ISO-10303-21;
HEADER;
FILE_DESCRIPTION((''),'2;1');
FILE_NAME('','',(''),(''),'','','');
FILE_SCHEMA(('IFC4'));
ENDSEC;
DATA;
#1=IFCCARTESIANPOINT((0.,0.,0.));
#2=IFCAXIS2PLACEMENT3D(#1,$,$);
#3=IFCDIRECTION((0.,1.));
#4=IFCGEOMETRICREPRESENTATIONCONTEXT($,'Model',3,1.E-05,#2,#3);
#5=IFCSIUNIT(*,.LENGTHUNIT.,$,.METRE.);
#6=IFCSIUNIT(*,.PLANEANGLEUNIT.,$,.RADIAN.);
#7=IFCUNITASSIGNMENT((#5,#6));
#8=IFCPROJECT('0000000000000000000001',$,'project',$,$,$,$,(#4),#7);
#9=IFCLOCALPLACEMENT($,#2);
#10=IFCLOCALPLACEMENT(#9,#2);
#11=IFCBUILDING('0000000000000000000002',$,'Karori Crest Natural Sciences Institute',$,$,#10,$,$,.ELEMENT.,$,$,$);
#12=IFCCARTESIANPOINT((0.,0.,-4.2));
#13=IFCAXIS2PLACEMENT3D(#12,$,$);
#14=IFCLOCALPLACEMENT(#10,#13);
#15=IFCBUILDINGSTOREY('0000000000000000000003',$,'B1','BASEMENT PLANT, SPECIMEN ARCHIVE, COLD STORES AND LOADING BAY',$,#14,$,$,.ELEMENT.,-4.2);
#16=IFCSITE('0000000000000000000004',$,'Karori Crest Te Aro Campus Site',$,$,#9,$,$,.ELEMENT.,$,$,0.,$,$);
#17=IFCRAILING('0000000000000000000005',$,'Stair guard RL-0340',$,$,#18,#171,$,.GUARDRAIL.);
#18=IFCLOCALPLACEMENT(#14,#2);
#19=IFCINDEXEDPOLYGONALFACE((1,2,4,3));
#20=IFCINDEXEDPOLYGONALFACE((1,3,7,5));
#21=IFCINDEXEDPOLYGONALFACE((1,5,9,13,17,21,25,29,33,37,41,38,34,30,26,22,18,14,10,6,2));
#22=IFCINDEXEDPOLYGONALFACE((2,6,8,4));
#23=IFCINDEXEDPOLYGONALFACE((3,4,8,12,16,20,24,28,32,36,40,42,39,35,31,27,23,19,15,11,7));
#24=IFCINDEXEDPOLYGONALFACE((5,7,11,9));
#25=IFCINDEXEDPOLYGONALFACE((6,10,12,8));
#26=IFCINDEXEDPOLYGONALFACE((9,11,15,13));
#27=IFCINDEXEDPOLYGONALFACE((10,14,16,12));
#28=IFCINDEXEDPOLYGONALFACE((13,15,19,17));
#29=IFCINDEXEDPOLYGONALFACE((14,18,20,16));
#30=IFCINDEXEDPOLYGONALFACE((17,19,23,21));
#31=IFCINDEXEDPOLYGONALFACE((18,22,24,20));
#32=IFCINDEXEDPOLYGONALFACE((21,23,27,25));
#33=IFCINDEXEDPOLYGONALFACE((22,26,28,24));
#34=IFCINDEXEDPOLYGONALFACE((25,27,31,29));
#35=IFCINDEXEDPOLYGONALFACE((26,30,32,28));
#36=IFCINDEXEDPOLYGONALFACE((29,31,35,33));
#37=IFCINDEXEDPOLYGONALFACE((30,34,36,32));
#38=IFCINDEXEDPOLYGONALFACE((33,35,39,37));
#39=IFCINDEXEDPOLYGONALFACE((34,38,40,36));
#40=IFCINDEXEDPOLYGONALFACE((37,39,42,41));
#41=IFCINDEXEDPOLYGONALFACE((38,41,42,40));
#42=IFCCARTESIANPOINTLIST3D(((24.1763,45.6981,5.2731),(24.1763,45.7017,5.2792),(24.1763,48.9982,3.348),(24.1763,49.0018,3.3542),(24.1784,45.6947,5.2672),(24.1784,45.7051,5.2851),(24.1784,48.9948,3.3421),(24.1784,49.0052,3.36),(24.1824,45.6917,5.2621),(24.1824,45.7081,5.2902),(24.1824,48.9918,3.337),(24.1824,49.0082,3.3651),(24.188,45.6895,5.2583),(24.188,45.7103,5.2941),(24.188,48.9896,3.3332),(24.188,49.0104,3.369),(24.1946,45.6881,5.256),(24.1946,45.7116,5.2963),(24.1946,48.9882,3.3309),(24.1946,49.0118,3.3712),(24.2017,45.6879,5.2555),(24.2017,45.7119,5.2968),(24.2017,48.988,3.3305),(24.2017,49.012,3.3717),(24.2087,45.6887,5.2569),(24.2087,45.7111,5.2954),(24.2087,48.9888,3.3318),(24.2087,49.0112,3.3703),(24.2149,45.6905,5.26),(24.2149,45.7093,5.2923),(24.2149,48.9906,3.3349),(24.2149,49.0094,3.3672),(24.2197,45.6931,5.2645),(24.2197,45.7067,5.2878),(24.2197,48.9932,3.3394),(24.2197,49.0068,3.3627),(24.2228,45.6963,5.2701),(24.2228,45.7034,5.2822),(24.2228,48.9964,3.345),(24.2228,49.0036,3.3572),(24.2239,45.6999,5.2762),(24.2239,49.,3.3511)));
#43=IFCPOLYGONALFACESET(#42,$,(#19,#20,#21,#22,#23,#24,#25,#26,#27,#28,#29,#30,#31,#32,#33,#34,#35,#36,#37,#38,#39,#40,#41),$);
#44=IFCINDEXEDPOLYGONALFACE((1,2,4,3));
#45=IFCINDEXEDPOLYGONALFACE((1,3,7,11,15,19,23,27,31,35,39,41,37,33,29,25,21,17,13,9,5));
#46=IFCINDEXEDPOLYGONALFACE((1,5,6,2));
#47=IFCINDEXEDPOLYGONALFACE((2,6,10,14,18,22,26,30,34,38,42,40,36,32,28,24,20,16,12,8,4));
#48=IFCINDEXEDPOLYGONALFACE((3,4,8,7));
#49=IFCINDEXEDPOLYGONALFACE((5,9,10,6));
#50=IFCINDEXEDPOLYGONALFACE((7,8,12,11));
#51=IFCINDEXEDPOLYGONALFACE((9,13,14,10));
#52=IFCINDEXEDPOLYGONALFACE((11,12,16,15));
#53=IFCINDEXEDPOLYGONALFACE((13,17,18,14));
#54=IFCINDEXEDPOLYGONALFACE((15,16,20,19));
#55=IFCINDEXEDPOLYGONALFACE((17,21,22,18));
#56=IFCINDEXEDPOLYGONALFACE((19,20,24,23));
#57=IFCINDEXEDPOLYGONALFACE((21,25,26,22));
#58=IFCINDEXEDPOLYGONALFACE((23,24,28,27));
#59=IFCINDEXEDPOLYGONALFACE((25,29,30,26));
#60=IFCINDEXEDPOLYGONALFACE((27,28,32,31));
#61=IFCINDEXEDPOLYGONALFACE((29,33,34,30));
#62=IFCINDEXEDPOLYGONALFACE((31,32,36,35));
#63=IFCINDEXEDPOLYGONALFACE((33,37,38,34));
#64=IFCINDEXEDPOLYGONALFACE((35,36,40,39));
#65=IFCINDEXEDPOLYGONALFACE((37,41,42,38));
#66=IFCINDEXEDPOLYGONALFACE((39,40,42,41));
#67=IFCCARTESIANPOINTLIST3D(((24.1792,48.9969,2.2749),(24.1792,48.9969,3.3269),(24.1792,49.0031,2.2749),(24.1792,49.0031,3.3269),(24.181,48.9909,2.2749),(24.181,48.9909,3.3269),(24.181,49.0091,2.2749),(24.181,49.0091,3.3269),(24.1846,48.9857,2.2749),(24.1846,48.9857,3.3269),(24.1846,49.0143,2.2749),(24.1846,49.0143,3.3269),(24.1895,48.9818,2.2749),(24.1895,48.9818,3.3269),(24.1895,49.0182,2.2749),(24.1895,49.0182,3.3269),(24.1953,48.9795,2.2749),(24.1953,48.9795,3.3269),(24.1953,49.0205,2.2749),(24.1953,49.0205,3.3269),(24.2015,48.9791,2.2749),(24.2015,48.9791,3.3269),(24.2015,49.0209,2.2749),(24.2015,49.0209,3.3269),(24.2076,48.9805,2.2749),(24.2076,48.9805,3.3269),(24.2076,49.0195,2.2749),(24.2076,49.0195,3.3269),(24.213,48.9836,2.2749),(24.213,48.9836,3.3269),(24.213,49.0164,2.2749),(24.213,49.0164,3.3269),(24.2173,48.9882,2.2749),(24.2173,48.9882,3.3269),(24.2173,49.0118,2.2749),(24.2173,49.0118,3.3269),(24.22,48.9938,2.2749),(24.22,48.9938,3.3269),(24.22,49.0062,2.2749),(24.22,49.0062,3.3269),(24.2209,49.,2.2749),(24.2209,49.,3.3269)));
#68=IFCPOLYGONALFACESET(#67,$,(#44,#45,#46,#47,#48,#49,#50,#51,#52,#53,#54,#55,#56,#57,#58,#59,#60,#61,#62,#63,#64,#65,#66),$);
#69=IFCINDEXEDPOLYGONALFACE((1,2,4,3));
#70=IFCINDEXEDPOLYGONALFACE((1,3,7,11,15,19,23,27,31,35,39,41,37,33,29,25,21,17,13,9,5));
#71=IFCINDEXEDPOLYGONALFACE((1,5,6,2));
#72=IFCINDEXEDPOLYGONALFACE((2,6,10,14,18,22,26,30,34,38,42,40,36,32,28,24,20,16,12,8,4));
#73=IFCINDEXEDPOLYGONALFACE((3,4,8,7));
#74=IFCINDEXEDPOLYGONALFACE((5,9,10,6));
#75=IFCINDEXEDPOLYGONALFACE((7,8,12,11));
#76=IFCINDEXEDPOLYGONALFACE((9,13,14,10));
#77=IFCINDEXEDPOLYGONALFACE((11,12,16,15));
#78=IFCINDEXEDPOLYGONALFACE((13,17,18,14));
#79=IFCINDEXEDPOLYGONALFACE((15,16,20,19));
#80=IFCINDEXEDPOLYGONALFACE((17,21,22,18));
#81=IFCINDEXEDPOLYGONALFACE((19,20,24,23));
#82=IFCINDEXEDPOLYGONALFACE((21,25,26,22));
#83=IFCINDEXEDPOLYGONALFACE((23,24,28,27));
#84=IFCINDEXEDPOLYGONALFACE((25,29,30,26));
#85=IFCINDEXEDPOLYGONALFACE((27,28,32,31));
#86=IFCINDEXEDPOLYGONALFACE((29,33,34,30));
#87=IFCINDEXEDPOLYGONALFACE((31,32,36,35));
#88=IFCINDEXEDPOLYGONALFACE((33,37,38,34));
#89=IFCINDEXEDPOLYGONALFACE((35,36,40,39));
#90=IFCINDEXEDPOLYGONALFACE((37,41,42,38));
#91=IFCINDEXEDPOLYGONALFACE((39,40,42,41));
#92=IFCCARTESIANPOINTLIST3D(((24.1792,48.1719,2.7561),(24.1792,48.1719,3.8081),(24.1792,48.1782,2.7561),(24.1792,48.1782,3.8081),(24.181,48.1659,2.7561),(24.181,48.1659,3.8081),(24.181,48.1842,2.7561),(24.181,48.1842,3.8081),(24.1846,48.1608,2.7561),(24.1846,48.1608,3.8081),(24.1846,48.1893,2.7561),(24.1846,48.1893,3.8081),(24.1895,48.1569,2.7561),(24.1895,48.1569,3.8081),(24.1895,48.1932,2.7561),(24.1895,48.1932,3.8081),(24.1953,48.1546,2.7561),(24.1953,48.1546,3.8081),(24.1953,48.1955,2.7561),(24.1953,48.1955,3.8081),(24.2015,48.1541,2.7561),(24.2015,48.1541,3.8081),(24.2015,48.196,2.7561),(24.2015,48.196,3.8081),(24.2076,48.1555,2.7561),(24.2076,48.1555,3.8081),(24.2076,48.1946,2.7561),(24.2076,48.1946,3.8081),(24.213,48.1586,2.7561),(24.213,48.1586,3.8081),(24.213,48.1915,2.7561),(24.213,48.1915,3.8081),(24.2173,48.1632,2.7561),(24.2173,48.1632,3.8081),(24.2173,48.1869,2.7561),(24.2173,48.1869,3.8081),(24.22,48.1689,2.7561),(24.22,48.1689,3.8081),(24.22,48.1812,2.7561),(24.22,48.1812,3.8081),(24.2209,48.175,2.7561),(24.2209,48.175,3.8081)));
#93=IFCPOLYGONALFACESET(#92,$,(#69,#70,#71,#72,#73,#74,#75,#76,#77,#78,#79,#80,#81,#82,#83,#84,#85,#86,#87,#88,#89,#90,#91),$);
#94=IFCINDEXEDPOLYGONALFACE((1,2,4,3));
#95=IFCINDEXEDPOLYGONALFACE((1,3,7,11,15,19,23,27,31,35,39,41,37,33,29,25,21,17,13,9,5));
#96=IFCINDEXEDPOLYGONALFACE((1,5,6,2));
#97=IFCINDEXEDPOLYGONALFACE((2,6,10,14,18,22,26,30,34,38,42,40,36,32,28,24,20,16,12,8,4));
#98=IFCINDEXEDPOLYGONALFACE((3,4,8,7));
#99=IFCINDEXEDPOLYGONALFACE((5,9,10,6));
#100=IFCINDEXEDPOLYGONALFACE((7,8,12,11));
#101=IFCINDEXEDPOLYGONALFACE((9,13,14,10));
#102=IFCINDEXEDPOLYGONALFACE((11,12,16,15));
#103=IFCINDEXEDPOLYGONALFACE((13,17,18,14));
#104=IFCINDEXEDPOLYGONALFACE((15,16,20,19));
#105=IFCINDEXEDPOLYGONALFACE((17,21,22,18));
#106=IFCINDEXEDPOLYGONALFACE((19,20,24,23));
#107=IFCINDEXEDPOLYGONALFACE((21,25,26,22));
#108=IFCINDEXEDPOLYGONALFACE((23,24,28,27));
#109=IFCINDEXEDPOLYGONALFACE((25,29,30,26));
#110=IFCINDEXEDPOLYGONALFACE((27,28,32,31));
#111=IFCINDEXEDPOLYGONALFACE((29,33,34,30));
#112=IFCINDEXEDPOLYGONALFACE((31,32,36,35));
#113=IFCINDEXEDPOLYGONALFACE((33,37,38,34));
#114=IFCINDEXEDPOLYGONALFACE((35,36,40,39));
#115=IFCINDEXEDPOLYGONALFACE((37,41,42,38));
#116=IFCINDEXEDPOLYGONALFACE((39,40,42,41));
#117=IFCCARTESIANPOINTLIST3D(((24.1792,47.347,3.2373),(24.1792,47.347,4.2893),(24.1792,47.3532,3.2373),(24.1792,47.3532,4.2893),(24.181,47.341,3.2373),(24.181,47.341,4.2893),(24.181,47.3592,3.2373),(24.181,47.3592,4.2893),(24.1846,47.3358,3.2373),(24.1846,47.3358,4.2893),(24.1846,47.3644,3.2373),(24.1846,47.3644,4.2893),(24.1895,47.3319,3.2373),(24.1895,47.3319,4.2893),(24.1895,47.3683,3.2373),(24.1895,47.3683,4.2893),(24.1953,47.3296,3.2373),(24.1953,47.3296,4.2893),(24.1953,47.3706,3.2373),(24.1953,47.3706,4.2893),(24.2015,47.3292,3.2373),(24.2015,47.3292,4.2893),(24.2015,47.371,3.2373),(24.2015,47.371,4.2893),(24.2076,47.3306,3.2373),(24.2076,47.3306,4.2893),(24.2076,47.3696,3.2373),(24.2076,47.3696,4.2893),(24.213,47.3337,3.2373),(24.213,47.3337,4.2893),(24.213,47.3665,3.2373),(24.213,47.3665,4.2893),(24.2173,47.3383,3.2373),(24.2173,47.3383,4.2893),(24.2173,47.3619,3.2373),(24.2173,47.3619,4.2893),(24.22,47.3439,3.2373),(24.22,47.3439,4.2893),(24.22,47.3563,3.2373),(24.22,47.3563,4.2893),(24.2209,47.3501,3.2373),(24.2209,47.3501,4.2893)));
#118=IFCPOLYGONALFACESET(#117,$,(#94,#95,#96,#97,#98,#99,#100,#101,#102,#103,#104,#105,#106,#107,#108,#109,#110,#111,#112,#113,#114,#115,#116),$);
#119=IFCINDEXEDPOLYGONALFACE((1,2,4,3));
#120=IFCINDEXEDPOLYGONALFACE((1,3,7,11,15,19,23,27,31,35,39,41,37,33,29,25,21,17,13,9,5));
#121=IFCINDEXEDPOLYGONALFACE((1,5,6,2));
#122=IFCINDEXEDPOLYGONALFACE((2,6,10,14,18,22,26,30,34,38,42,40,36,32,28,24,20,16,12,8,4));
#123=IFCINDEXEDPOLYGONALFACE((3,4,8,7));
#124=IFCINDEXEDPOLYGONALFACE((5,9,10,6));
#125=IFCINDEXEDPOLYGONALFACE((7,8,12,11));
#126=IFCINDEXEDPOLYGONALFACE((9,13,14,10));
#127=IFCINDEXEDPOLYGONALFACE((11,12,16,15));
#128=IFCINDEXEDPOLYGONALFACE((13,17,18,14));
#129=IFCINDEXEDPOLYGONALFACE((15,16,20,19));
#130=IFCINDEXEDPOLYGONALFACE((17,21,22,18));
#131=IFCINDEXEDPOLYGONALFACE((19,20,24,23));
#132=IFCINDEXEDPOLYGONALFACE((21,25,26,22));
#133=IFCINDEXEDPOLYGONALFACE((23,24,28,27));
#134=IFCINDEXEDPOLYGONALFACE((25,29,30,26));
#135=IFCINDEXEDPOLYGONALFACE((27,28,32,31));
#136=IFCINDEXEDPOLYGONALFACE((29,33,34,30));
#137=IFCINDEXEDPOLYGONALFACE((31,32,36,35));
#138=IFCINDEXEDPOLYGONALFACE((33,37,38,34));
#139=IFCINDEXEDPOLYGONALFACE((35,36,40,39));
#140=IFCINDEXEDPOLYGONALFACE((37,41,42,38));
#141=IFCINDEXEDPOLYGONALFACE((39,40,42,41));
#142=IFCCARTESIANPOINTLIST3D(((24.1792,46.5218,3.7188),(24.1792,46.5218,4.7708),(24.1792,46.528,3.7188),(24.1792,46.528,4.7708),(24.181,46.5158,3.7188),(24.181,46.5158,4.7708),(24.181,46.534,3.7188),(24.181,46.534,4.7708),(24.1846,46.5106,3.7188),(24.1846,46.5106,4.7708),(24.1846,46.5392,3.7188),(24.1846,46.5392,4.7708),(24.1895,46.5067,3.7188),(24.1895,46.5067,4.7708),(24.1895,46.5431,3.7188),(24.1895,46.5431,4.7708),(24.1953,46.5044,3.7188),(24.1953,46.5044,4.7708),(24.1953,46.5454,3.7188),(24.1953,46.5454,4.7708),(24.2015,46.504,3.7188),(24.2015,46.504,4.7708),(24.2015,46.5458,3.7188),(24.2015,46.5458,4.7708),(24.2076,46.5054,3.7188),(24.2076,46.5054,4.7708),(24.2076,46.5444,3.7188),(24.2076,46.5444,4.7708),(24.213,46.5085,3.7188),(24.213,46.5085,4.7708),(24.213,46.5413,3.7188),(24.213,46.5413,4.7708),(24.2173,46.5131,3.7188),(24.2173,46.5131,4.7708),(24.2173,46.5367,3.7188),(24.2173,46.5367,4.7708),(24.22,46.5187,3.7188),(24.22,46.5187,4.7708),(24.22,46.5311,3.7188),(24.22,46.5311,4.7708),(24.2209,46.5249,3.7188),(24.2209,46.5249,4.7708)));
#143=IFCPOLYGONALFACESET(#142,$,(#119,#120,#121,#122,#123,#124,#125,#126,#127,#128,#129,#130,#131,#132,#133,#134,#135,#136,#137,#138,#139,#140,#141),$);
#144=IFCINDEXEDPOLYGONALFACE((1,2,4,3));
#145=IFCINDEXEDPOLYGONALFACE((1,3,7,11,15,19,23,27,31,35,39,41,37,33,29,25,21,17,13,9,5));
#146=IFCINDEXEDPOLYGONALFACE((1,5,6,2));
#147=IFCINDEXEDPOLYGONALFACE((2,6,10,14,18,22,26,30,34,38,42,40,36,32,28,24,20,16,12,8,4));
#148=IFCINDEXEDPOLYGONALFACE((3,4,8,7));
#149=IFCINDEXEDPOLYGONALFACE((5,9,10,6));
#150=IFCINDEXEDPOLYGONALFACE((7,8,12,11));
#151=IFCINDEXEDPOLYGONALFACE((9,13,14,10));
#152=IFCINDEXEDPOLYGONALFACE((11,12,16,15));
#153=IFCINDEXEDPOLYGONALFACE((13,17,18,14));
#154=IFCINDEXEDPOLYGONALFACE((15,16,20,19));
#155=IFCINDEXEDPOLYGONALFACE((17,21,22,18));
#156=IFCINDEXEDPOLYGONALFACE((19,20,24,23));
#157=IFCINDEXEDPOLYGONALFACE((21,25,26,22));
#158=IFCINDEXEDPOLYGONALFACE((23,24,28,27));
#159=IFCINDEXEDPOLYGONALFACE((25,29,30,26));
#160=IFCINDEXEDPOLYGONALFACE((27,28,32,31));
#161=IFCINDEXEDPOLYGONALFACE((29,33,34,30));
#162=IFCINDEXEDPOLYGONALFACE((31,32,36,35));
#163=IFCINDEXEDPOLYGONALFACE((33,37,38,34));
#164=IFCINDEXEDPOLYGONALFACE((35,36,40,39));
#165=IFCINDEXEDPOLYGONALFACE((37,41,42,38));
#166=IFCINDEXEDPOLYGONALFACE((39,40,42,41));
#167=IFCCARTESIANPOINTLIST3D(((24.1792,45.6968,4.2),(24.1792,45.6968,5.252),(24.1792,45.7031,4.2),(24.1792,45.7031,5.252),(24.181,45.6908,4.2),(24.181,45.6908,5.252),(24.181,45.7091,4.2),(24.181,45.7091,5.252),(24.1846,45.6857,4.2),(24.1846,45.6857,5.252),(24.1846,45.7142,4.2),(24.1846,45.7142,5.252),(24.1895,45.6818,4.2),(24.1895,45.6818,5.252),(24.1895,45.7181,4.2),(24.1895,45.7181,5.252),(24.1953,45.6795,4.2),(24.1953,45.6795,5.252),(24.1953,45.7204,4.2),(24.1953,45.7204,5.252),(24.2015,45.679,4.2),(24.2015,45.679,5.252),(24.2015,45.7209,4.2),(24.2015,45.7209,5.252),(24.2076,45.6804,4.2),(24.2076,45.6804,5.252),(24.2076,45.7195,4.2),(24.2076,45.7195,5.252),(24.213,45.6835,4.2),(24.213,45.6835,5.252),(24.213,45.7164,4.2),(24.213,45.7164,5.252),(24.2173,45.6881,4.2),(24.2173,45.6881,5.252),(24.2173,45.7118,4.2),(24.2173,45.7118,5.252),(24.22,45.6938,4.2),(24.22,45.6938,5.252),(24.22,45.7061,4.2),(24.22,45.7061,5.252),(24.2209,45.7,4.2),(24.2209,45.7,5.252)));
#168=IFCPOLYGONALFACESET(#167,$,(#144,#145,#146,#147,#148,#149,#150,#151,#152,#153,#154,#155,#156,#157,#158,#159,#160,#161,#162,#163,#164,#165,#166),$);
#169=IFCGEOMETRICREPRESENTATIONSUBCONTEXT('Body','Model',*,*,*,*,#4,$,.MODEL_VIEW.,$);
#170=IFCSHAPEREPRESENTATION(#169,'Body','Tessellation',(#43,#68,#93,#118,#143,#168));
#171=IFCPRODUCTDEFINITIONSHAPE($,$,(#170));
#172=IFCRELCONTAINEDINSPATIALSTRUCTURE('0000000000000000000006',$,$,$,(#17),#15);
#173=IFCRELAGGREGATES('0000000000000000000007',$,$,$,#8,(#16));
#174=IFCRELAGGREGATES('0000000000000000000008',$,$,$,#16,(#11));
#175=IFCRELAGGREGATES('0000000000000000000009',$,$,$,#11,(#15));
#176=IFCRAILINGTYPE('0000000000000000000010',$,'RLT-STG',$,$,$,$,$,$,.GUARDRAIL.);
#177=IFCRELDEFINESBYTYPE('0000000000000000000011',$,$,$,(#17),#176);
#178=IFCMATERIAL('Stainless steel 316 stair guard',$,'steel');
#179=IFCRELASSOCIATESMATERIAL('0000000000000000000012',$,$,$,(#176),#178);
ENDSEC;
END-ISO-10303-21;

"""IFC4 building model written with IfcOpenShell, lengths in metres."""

from ifc_helpers import new_model, si_unit, direction, frame, origin, origin_2d, place, context, subcontext, project, spatial, circle, extrude, material, type_object, element, save


model = new_model("IFC4")

# Units and contexts
model_context = context("Model", 3, precision=1e-05, world=origin(), true_north=direction((0.0, 1.0)))
body_context = subcontext(model_context, "Body", "Model", "MODEL_VIEW")
ifc_project = project(units=[si_unit("LENGTHUNIT", "METRE"), si_unit("PLANEANGLEUNIT", "RADIAN")], contexts=[model_context])

# Site, building, storey
site_placement = place(None, origin())
site = spatial("IfcSite", under=ifc_project, at=site_placement, Name="Karori Crest Te Aro Campus Site", CompositionType="ELEMENT", RefElevation=0.0)
building_placement = place(site_placement, origin())
building = spatial("IfcBuilding", under=site, at=building_placement, Name="Karori Crest Natural Sciences Institute", CompositionType="ELEMENT")
storey_placement = place(building_placement, frame((0.0, 0.0, -4.2)))
storey = spatial("IfcBuildingStorey", under=building, at=storey_placement, Name="B1", Description="BASEMENT PLANT, SPECIMEN ARCHIVE, COLD STORES AND LOADING BAY", CompositionType="ELEMENT", Elevation=-4.2)

# Railing
ifc_material_1 = material(Name="Stainless steel 316 stair guard", Category="steel")
railing_type_1 = type_object("IfcRailingType", Name="RLT-STG", PredefinedType="GUARDRAIL", material=ifc_material_1)
railing_1_placement = place(storey_placement, frame((24.2, 49.0, 2.2749)))
element("IfcRailing", 1, at=railing_1_placement, inside=storey, type_object=railing_type_1, Name="Stair guard RL-0340", PredefinedType="GUARDRAIL", context=body_context, shape_type="SweptSolid", body=[
    extrude(circle(Radius=0.0239, at=origin_2d()), frame((0.0, 0.0, 1.0762), z_axis=(0.0, -0.863777, 0.503875), x_axis=(1.0, 0.0, 0.0)), (0.0, 0.0, 1.0), 3.8206),
    extrude(circle(Radius=0.021, at=origin_2d()), origin(), (0.0, 0.0, 1.0), 1.052),
    extrude(circle(Radius=0.021, at=origin_2d()), frame((0.0, -0.825, 0.4812)), (0.0, 0.0, 1.0), 1.052),
    extrude(circle(Radius=0.021, at=origin_2d()), frame((0.0, -1.6499, 0.9624)), (0.0, 0.0, 1.0), 1.052),
    extrude(circle(Radius=0.021, at=origin_2d()), frame((0.0, -2.4751, 1.4438)), (0.0, 0.0, 1.0), 1.052),
    extrude(circle(Radius=0.021, at=origin_2d()), frame((0.0, -3.3, 1.925)), (0.0, 0.0, 1.0), 1.052),
])

save(model, "model.ifc")
